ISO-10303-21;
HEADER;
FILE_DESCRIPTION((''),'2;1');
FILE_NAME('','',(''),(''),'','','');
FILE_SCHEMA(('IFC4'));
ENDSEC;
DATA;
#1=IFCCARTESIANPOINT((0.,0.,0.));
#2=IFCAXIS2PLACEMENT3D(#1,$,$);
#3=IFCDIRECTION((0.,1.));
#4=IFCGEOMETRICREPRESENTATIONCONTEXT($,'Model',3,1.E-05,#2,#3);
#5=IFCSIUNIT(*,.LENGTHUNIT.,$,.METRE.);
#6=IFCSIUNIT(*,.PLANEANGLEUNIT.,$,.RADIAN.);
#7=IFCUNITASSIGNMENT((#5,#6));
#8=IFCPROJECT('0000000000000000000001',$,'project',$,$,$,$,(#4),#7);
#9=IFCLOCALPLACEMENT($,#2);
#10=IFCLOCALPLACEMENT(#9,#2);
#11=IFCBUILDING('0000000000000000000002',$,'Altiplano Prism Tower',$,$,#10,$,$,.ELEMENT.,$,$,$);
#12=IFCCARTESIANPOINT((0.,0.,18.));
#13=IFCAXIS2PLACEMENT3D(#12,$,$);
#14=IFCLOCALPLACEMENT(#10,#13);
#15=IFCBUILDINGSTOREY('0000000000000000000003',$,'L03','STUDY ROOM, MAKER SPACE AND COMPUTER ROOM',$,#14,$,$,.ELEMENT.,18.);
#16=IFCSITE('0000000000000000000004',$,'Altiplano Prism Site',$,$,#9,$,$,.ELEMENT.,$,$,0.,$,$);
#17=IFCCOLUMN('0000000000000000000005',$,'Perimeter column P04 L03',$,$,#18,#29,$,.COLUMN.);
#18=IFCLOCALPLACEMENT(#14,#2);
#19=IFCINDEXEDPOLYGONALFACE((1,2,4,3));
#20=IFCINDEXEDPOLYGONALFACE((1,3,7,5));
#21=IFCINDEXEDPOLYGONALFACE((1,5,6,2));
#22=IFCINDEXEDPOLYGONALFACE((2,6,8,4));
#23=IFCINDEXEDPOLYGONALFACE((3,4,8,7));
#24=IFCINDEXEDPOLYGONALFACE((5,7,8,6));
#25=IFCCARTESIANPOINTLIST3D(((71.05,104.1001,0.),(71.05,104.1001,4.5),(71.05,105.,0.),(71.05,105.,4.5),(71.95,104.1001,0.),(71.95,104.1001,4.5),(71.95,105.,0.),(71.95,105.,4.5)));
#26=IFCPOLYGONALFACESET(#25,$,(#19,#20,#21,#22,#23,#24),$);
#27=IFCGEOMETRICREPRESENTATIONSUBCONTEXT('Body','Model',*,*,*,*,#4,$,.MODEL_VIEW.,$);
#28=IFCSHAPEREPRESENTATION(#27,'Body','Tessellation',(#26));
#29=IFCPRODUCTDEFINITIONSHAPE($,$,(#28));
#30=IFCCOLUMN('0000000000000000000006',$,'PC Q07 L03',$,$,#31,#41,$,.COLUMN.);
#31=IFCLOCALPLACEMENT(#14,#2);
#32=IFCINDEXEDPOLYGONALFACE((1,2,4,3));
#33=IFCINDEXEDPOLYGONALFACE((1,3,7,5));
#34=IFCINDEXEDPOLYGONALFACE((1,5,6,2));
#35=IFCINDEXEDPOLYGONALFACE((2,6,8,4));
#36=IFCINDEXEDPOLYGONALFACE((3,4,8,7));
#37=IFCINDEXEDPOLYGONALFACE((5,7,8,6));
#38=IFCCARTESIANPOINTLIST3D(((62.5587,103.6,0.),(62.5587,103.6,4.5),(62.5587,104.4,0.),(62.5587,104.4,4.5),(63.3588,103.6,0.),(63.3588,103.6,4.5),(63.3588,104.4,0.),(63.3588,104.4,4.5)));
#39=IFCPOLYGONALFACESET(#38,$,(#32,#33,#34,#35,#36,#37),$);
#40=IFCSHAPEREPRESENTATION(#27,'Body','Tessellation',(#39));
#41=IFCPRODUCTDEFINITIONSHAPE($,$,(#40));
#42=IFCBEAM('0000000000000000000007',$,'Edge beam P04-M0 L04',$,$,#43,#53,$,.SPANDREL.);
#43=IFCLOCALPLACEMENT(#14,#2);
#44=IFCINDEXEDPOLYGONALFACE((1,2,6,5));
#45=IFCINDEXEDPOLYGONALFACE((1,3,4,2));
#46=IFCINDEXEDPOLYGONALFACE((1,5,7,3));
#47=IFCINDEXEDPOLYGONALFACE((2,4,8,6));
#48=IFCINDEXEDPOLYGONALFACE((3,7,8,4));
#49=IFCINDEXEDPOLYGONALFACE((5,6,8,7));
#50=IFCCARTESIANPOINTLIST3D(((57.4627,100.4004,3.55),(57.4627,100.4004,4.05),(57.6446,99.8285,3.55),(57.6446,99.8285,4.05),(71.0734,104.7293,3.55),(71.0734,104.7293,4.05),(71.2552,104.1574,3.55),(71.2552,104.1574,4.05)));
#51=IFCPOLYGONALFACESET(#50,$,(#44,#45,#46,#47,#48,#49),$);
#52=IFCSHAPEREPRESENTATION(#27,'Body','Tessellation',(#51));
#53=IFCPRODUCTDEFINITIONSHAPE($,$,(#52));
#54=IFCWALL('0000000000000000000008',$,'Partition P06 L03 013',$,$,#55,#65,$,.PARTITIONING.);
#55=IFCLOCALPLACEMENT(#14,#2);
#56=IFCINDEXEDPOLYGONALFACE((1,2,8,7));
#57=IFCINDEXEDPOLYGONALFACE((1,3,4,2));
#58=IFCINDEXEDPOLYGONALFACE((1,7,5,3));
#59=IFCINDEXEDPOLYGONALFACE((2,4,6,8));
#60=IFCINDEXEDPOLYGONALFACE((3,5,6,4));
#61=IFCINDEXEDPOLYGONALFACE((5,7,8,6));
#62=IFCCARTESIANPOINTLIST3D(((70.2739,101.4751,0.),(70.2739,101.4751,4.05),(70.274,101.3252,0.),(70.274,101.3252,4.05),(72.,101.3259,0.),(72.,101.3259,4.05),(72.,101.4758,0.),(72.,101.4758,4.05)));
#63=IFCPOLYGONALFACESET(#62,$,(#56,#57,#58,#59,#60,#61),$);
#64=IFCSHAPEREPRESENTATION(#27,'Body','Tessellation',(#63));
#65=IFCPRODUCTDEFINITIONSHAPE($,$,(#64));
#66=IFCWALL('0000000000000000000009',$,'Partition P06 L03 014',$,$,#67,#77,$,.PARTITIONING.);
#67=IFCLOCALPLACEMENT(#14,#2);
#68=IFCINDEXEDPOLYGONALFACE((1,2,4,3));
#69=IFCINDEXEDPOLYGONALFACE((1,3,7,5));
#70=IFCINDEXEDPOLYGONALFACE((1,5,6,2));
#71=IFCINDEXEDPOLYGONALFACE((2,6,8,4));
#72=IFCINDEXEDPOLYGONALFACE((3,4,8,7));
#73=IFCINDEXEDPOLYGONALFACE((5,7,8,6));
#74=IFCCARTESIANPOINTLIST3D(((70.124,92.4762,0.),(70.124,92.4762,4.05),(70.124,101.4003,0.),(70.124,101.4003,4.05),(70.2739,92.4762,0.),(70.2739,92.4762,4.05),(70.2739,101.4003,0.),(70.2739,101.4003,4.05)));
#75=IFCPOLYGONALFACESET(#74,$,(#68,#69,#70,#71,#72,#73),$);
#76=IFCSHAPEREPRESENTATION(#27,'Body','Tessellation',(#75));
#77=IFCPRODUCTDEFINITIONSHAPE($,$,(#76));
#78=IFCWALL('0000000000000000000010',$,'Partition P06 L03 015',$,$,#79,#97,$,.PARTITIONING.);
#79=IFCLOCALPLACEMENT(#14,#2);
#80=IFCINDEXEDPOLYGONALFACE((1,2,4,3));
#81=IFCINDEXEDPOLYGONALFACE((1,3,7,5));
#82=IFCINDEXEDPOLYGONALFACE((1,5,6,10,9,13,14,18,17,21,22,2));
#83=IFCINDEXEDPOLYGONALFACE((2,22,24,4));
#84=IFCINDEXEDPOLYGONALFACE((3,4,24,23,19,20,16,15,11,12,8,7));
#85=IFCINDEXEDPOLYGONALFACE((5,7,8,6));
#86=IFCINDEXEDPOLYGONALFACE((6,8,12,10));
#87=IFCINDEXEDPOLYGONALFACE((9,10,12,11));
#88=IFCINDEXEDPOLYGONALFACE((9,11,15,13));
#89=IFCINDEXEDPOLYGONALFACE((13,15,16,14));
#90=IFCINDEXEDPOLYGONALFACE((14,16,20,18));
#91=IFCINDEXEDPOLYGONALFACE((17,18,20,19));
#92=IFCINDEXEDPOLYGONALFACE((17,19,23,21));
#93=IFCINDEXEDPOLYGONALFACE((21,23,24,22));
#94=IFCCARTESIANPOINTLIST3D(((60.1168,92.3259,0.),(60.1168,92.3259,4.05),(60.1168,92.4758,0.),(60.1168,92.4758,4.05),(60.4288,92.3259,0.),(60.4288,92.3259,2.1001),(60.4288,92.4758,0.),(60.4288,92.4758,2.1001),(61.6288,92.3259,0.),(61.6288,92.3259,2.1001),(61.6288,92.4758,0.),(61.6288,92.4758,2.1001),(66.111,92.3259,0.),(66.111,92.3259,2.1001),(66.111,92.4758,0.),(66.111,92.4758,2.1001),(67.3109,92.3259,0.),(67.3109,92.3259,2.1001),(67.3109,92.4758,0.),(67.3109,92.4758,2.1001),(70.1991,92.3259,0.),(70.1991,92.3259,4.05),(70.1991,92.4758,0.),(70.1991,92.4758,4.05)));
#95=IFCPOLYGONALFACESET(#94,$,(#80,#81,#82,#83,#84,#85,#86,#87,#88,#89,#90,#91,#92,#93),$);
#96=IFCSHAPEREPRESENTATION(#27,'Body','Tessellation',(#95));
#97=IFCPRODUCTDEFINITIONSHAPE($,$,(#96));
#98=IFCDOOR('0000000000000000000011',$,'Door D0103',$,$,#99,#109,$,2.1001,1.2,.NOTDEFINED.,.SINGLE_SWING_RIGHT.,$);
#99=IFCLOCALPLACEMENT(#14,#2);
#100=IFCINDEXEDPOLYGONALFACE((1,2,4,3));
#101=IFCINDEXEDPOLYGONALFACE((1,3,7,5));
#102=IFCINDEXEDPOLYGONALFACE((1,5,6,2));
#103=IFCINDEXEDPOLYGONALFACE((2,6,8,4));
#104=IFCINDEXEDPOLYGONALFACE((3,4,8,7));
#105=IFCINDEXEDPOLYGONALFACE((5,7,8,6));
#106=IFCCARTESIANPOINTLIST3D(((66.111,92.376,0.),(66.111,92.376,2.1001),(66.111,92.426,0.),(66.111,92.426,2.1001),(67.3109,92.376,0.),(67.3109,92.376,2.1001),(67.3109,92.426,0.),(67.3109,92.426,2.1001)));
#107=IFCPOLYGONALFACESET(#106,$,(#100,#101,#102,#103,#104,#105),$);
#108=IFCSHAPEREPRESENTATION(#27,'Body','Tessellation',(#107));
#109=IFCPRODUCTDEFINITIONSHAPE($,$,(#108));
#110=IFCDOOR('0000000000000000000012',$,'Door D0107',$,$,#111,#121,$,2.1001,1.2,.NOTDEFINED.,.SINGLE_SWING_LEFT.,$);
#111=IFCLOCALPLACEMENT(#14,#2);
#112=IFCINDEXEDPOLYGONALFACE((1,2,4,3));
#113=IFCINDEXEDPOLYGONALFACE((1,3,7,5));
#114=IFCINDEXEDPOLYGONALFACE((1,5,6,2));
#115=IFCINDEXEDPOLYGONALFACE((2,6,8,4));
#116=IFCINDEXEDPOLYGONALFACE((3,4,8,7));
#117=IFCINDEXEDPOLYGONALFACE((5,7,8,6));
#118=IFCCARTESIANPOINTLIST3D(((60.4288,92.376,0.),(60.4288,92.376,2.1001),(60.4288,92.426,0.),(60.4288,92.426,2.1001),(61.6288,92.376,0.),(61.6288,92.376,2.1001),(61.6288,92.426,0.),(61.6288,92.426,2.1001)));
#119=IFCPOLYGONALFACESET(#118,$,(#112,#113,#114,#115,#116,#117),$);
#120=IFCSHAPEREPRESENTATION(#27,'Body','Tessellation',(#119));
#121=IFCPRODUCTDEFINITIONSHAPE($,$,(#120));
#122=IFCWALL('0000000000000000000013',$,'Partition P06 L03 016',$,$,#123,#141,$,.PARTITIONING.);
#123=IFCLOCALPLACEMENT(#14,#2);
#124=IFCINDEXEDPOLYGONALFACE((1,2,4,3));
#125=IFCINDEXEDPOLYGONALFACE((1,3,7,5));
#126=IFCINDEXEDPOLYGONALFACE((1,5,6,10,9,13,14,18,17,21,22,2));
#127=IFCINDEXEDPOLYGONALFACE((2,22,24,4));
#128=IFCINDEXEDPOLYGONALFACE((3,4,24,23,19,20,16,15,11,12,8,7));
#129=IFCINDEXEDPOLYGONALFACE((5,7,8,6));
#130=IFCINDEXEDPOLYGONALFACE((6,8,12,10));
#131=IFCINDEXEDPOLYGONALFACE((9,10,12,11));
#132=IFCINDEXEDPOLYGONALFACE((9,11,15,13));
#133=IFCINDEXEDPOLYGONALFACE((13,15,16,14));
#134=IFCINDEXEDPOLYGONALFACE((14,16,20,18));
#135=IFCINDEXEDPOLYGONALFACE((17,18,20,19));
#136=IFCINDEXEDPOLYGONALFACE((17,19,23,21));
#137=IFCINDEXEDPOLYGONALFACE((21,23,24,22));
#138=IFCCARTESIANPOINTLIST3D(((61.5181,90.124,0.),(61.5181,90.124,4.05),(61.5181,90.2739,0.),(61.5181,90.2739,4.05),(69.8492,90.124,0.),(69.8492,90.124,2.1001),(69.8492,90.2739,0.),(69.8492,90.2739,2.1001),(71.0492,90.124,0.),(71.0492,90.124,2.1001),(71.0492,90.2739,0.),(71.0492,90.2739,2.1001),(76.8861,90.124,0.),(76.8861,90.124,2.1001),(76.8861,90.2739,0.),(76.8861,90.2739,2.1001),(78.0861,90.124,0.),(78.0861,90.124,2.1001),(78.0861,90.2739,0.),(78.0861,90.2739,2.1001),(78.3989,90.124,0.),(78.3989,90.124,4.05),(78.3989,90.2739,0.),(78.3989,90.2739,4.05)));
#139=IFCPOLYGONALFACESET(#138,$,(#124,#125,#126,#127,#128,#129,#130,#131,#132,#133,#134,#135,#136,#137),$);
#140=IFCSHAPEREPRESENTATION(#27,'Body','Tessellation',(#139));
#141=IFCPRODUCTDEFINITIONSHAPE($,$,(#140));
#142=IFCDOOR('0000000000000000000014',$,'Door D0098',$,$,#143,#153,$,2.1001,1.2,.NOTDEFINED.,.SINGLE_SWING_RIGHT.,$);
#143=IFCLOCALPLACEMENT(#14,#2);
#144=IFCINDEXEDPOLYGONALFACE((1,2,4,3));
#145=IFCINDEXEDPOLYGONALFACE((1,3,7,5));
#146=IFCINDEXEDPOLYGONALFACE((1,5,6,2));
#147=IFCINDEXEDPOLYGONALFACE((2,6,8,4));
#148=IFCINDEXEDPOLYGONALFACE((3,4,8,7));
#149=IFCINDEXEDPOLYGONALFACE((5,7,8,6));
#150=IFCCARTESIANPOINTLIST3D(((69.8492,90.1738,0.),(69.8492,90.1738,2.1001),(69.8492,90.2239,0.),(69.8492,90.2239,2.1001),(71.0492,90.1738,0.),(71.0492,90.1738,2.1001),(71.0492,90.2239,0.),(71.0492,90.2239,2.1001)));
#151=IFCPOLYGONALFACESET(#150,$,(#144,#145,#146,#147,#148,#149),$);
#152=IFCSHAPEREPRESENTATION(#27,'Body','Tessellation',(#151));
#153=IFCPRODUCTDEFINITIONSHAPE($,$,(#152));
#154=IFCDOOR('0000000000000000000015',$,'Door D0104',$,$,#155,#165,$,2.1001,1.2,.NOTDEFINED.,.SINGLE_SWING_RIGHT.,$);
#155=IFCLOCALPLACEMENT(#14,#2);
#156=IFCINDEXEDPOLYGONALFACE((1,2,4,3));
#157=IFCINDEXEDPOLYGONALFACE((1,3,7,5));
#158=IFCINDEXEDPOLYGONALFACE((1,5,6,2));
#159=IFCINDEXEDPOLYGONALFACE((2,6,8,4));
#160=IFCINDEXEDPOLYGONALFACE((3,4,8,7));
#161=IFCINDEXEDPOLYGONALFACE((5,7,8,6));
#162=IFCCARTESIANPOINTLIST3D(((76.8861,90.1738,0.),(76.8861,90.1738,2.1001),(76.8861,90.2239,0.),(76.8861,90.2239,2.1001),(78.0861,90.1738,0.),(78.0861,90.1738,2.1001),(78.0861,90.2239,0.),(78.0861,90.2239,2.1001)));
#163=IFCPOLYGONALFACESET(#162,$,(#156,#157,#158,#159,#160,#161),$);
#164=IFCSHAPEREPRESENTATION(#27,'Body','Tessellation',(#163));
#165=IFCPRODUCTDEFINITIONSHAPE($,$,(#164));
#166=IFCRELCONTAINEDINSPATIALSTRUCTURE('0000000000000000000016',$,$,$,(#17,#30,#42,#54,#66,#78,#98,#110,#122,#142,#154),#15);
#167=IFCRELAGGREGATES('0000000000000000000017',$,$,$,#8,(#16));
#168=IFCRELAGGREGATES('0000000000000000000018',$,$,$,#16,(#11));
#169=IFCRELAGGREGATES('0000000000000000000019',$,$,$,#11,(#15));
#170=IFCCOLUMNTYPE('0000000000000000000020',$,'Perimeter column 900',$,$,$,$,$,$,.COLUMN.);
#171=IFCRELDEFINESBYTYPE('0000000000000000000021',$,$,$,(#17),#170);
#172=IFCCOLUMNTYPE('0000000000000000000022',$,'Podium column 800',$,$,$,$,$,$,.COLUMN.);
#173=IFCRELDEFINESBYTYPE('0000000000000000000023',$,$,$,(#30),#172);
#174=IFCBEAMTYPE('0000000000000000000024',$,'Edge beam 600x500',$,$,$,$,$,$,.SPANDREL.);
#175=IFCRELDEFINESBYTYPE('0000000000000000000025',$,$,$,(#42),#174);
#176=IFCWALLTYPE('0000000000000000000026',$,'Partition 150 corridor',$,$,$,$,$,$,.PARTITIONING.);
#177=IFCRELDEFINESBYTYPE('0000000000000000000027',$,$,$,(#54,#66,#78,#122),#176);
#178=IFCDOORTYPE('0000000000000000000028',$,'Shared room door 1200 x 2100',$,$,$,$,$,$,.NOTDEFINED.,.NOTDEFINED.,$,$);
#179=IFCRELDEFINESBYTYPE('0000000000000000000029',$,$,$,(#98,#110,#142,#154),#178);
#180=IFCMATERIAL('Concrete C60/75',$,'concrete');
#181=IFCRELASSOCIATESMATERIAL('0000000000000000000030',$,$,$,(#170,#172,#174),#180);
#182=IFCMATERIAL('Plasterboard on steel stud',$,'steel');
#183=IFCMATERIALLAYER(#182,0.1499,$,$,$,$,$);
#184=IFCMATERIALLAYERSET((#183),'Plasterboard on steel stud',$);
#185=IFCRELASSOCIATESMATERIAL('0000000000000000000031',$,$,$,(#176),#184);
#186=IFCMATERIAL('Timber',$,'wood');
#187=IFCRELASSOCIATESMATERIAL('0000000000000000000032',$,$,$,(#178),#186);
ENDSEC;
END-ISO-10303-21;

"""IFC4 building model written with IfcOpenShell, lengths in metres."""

from ifc_helpers import new_model, si_unit, direction, frame, frame_2d, origin, origin_2d, place, context, subcontext, project, spatial, rectangle, extrude, material, layer, layer_set, material_profile, profile_set, type_object, element, fill, save


model = new_model("IFC4")

# Units and contexts
model_context = context("Model", 3, precision=1e-05, world=origin(), true_north=direction((0.0, 1.0)))
body_context = subcontext(model_context, "Body", "Model", "MODEL_VIEW")
ifc_project = project(units=[si_unit("LENGTHUNIT", "METRE"), si_unit("PLANEANGLEUNIT", "RADIAN")], contexts=[model_context])

# Site, building, storey
site_placement = place(None, origin())
site = spatial("IfcSite", under=ifc_project, at=site_placement, Name="Altiplano Prism Site", CompositionType="ELEMENT", RefElevation=0.0)
building_placement = place(site_placement, origin())
building = spatial("IfcBuilding", under=site, at=building_placement, Name="Altiplano Prism Tower", CompositionType="ELEMENT")
storey_placement = place(building_placement, frame((0.0, 0.0, 18.0)))
storey = spatial("IfcBuildingStorey", under=building, at=storey_placement, Name="L03", Description="STUDY ROOM, MAKER SPACE AND COMPUTER ROOM", CompositionType="ELEMENT", Elevation=18.0)

# Columns
ifc_material_1 = material(Name="Concrete C60/75", Category="concrete")
ifc_material_profile_1 = material_profile(ifc_material_1, rectangle(XDim=0.8999, YDim=0.8999, at=origin_2d()), Name="Perimeter column 900")
ifc_profile_set_1 = profile_set([ifc_material_profile_1], Name="Concrete C60/75")
column_type_1 = type_object("IfcColumnType", Name="Perimeter column 900", PredefinedType="COLUMN", material=ifc_profile_set_1)
column_1_placement = place(storey_placement, frame((71.5, 104.55, 0.0), z_axis=(0.0, 0.0, 1.0), x_axis=(1.0, 0.0, 0.0)))
element("IfcColumn", 1, at=column_1_placement, inside=storey, type_object=column_type_1, Name="Perimeter column P04 L03", PredefinedType="COLUMN", context=body_context, shape_type="SweptSolid", body=[
    extrude(rectangle(XDim=0.8999, YDim=0.8999, at=origin_2d()), origin(), (0.0, 0.0, 1.0), 4.5),
])
ifc_material_profile_2 = material_profile(ifc_material_1, rectangle(XDim=0.8, YDim=0.8, at=origin_2d()), Name="Podium column 800")
ifc_profile_set_2 = profile_set([ifc_material_profile_2], Name="Concrete C60/75")
column_type_2 = type_object("IfcColumnType", Name="Podium column 800", PredefinedType="COLUMN", material=ifc_profile_set_2)
column_2_placement = place(storey_placement, frame((62.9587, 104.0, 0.0), z_axis=(0.0, 0.0, 1.0), x_axis=(1.0, 0.0, 0.0)))
element("IfcColumn", 2, at=column_2_placement, inside=storey, type_object=column_type_2, Name="PC Q07 L03", PredefinedType="COLUMN", context=body_context, shape_type="SweptSolid", body=[
    extrude(rectangle(XDim=0.8, YDim=0.8, at=origin_2d()), origin(), (0.0, 0.0, 1.0), 4.5),
])

# Beam
ifc_material_profile_3 = material_profile(ifc_material_1, rectangle(XDim=0.6001, YDim=0.5, at=origin_2d()), Name="Edge beam 600x500")
ifc_profile_set_3 = profile_set([ifc_material_profile_3], Name="Concrete C60/75")
beam_type = type_object("IfcBeamType", Name="Edge beam 600x500", PredefinedType="SPANDREL", material=ifc_profile_set_3)
beam_placement = place(storey_placement, frame((71.1643, 104.4434, 3.8), z_axis=(-0.952962, -0.30309, 0.0), x_axis=(0.30309, -0.952962, 0.0)))
element("IfcBeam", 3, at=beam_placement, inside=storey, type_object=beam_type, Name="Edge beam P04-M0 L04", PredefinedType="SPANDREL", context=body_context, shape_type="SweptSolid", body=[
    extrude(rectangle(XDim=0.6001, YDim=0.5, at=origin_2d()), origin(), (0.0, 0.0, 1.0), 14.2825),
])

# Walls
ifc_material_2 = material(Name="Plasterboard on steel stud", Category="steel")
ifc_layer_1 = layer(ifc_material_2, 0.1499)
ifc_layer_set_1 = layer_set([ifc_layer_1], Name="Plasterboard on steel stud")
wall_type_1 = type_object("IfcWallType", Name="Partition 150 corridor", PredefinedType="PARTITIONING", material=ifc_layer_set_1)
wall_1_placement = place(storey_placement, frame((72.0, 101.4009, 0.0), z_axis=(0.0, 0.0, 1.0), x_axis=(-1.0, -0.000424, 0.0)))
element("IfcWall", 4, at=wall_1_placement, inside=storey, type_object=wall_type_1, Name="Partition P06 L03 013", PredefinedType="PARTITIONING", context=body_context, shape_type="SweptSolid", body=[
    extrude(rectangle(XDim=1.7261, YDim=0.1499, at=frame_2d((0.863, 0.0))), origin(), (0.0, 0.0, 1.0), 4.05),
])
wall_2_placement = place(storey_placement, frame((70.199, 101.4001, 0.0), z_axis=(0.0, 0.0, 1.0), x_axis=(0.0, -1.0, 0.0)))
element("IfcWall", 5, at=wall_2_placement, inside=storey, type_object=wall_type_1, Name="Partition P06 L03 014", PredefinedType="PARTITIONING", context=body_context, shape_type="SweptSolid", body=[
    extrude(rectangle(XDim=8.9241, YDim=0.1499, at=frame_2d((4.4619, 0.0))), origin(), (0.0, 0.0, 1.0), 4.05),
])

# Walls, openings, doors
wall_3_placement = place(storey_placement, frame((70.199, 92.4009, 0.0), z_axis=(0.0, 0.0, 1.0), x_axis=(-1.0, 0.0, 0.0)))
wall_3 = element("IfcWall", 6, at=wall_3_placement, inside=storey, type_object=wall_type_1, Name="Partition P06 L03 015", PredefinedType="PARTITIONING", context=body_context, shape_type="SweptSolid", body=[
    extrude(rectangle(XDim=10.0823, YDim=0.1499, at=frame_2d((5.041, 0.0))), origin(), (0.0, 0.0, 1.0), 4.05),
])
opening_1_placement = place(wall_3_placement, frame((2.8879, 0.0, 0.0)))
opening_1 = element("IfcOpeningElement", 7, at=opening_1_placement, cuts=wall_3, PredefinedType="OPENING", context=body_context, shape_type="SweptSolid", body=[
    extrude(rectangle(XDim=1.2, YDim=2.1001, at=frame_2d((0.6001, 1.05))), frame((0.0, 0.0854, 0.0), z_axis=(0.0, -1.0, 0.0), x_axis=(1.0, 0.0, 0.0)), (0.0, 0.0, 1.0), 0.1709),
])
opening_2_placement = place(wall_3_placement, frame((8.5701, 0.0, 0.0)))
opening_2 = element("IfcOpeningElement", 8, at=opening_2_placement, cuts=wall_3, PredefinedType="OPENING", context=body_context, shape_type="SweptSolid", body=[
    extrude(rectangle(XDim=1.2, YDim=2.1001, at=frame_2d((0.6001, 1.05))), frame((0.0, 0.0854, 0.0), z_axis=(0.0, -1.0, 0.0), x_axis=(1.0, 0.0, 0.0)), (0.0, 0.0, 1.0), 0.1709),
])
ifc_material_3 = material(Name="Timber", Category="wood")
door_type = type_object("IfcDoorType", Name="Shared room door 1200 x 2100", OperationType="NOTDEFINED", PredefinedType="NOTDEFINED", material=ifc_material_3)
door_1_placement = place(opening_1_placement, origin())
door_1 = element("IfcDoor", 9, at=door_1_placement, inside=storey, type_object=door_type, Name="Door D0103", OperationType="SINGLE_SWING_RIGHT", OverallHeight=2.1001, OverallWidth=1.2, PredefinedType="NOTDEFINED", context=body_context, shape_type="SweptSolid", body=[
    extrude(rectangle(XDim=1.2, YDim=2.1001, at=frame_2d((0.6001, 1.05))), frame((0.0, 0.0249, 0.0), z_axis=(0.0, -1.0, 0.0), x_axis=(1.0, 0.0, 0.0)), (0.0, 0.0, 1.0), 0.05),
])
fill(opening_1, door_1)
door_2_placement = place(opening_2_placement, origin())
door_2 = element("IfcDoor", 10, at=door_2_placement, inside=storey, type_object=door_type, Name="Door D0107", OperationType="SINGLE_SWING_LEFT", OverallHeight=2.1001, OverallWidth=1.2, PredefinedType="NOTDEFINED", context=body_context, shape_type="SweptSolid", body=[
    extrude(rectangle(XDim=1.2, YDim=2.1001, at=frame_2d((0.6001, 1.05))), frame((0.0, 0.0249, 0.0), z_axis=(0.0, -1.0, 0.0), x_axis=(1.0, 0.0, 0.0)), (0.0, 0.0, 1.0), 0.05),
])
fill(opening_2, door_2)
wall_4_placement = place(storey_placement, frame((61.5181, 90.199, 0.0), z_axis=(0.0, 0.0, 1.0), x_axis=(1.0, 0.0, 0.0)))
wall_4 = element("IfcWall", 11, at=wall_4_placement, inside=storey, type_object=wall_type_1, Name="Partition P06 L03 016", PredefinedType="PARTITIONING", context=body_context, shape_type="SweptSolid", body=[
    extrude(rectangle(XDim=16.8809, YDim=0.1499, at=frame_2d((8.4404, 0.0))), origin(), (0.0, 0.0, 1.0), 4.05),
])
opening_3_placement = place(wall_4_placement, frame((8.3311, 0.0, 0.0)))
opening_3 = element("IfcOpeningElement", 12, at=opening_3_placement, cuts=wall_4, PredefinedType="OPENING", context=body_context, shape_type="SweptSolid", body=[
    extrude(rectangle(XDim=1.2, YDim=2.1001, at=frame_2d((0.6001, 1.05))), frame((0.0, 0.0854, 0.0), z_axis=(0.0, -1.0, 0.0), x_axis=(1.0, 0.0, 0.0)), (0.0, 0.0, 1.0), 0.1709),
])
opening_4_placement = place(wall_4_placement, frame((15.3679, 0.0, 0.0)))
opening_4 = element("IfcOpeningElement", 13, at=opening_4_placement, cuts=wall_4, PredefinedType="OPENING", context=body_context, shape_type="SweptSolid", body=[
    extrude(rectangle(XDim=1.2, YDim=2.1001, at=frame_2d((0.6001, 1.05))), frame((0.0, 0.0854, 0.0), z_axis=(0.0, -1.0, 0.0), x_axis=(1.0, 0.0, 0.0)), (0.0, 0.0, 1.0), 0.1709),
])
door_3_placement = place(opening_3_placement, origin())
door_3 = element("IfcDoor", 14, at=door_3_placement, inside=storey, type_object=door_type, Name="Door D0098", OperationType="SINGLE_SWING_RIGHT", OverallHeight=2.1001, OverallWidth=1.2, PredefinedType="NOTDEFINED", context=body_context, shape_type="SweptSolid", body=[
    extrude(rectangle(XDim=1.2, YDim=2.1001, at=frame_2d((0.6001, 1.05))), frame((0.0, 0.0249, 0.0), z_axis=(0.0, -1.0, 0.0), x_axis=(1.0, 0.0, 0.0)), (0.0, 0.0, 1.0), 0.05),
])
fill(opening_3, door_3)
door_4_placement = place(opening_4_placement, origin())
door_4 = element("IfcDoor", 15, at=door_4_placement, inside=storey, type_object=door_type, Name="Door D0104", OperationType="SINGLE_SWING_RIGHT", OverallHeight=2.1001, OverallWidth=1.2, PredefinedType="NOTDEFINED", context=body_context, shape_type="SweptSolid", body=[
    extrude(rectangle(XDim=1.2, YDim=2.1001, at=frame_2d((0.6001, 1.05))), frame((0.0, 0.0249, 0.0), z_axis=(0.0, -1.0, 0.0), x_axis=(1.0, 0.0, 0.0)), (0.0, 0.0, 1.0), 0.05),
])
fill(opening_4, door_4)

save(model, "model.ifc")
